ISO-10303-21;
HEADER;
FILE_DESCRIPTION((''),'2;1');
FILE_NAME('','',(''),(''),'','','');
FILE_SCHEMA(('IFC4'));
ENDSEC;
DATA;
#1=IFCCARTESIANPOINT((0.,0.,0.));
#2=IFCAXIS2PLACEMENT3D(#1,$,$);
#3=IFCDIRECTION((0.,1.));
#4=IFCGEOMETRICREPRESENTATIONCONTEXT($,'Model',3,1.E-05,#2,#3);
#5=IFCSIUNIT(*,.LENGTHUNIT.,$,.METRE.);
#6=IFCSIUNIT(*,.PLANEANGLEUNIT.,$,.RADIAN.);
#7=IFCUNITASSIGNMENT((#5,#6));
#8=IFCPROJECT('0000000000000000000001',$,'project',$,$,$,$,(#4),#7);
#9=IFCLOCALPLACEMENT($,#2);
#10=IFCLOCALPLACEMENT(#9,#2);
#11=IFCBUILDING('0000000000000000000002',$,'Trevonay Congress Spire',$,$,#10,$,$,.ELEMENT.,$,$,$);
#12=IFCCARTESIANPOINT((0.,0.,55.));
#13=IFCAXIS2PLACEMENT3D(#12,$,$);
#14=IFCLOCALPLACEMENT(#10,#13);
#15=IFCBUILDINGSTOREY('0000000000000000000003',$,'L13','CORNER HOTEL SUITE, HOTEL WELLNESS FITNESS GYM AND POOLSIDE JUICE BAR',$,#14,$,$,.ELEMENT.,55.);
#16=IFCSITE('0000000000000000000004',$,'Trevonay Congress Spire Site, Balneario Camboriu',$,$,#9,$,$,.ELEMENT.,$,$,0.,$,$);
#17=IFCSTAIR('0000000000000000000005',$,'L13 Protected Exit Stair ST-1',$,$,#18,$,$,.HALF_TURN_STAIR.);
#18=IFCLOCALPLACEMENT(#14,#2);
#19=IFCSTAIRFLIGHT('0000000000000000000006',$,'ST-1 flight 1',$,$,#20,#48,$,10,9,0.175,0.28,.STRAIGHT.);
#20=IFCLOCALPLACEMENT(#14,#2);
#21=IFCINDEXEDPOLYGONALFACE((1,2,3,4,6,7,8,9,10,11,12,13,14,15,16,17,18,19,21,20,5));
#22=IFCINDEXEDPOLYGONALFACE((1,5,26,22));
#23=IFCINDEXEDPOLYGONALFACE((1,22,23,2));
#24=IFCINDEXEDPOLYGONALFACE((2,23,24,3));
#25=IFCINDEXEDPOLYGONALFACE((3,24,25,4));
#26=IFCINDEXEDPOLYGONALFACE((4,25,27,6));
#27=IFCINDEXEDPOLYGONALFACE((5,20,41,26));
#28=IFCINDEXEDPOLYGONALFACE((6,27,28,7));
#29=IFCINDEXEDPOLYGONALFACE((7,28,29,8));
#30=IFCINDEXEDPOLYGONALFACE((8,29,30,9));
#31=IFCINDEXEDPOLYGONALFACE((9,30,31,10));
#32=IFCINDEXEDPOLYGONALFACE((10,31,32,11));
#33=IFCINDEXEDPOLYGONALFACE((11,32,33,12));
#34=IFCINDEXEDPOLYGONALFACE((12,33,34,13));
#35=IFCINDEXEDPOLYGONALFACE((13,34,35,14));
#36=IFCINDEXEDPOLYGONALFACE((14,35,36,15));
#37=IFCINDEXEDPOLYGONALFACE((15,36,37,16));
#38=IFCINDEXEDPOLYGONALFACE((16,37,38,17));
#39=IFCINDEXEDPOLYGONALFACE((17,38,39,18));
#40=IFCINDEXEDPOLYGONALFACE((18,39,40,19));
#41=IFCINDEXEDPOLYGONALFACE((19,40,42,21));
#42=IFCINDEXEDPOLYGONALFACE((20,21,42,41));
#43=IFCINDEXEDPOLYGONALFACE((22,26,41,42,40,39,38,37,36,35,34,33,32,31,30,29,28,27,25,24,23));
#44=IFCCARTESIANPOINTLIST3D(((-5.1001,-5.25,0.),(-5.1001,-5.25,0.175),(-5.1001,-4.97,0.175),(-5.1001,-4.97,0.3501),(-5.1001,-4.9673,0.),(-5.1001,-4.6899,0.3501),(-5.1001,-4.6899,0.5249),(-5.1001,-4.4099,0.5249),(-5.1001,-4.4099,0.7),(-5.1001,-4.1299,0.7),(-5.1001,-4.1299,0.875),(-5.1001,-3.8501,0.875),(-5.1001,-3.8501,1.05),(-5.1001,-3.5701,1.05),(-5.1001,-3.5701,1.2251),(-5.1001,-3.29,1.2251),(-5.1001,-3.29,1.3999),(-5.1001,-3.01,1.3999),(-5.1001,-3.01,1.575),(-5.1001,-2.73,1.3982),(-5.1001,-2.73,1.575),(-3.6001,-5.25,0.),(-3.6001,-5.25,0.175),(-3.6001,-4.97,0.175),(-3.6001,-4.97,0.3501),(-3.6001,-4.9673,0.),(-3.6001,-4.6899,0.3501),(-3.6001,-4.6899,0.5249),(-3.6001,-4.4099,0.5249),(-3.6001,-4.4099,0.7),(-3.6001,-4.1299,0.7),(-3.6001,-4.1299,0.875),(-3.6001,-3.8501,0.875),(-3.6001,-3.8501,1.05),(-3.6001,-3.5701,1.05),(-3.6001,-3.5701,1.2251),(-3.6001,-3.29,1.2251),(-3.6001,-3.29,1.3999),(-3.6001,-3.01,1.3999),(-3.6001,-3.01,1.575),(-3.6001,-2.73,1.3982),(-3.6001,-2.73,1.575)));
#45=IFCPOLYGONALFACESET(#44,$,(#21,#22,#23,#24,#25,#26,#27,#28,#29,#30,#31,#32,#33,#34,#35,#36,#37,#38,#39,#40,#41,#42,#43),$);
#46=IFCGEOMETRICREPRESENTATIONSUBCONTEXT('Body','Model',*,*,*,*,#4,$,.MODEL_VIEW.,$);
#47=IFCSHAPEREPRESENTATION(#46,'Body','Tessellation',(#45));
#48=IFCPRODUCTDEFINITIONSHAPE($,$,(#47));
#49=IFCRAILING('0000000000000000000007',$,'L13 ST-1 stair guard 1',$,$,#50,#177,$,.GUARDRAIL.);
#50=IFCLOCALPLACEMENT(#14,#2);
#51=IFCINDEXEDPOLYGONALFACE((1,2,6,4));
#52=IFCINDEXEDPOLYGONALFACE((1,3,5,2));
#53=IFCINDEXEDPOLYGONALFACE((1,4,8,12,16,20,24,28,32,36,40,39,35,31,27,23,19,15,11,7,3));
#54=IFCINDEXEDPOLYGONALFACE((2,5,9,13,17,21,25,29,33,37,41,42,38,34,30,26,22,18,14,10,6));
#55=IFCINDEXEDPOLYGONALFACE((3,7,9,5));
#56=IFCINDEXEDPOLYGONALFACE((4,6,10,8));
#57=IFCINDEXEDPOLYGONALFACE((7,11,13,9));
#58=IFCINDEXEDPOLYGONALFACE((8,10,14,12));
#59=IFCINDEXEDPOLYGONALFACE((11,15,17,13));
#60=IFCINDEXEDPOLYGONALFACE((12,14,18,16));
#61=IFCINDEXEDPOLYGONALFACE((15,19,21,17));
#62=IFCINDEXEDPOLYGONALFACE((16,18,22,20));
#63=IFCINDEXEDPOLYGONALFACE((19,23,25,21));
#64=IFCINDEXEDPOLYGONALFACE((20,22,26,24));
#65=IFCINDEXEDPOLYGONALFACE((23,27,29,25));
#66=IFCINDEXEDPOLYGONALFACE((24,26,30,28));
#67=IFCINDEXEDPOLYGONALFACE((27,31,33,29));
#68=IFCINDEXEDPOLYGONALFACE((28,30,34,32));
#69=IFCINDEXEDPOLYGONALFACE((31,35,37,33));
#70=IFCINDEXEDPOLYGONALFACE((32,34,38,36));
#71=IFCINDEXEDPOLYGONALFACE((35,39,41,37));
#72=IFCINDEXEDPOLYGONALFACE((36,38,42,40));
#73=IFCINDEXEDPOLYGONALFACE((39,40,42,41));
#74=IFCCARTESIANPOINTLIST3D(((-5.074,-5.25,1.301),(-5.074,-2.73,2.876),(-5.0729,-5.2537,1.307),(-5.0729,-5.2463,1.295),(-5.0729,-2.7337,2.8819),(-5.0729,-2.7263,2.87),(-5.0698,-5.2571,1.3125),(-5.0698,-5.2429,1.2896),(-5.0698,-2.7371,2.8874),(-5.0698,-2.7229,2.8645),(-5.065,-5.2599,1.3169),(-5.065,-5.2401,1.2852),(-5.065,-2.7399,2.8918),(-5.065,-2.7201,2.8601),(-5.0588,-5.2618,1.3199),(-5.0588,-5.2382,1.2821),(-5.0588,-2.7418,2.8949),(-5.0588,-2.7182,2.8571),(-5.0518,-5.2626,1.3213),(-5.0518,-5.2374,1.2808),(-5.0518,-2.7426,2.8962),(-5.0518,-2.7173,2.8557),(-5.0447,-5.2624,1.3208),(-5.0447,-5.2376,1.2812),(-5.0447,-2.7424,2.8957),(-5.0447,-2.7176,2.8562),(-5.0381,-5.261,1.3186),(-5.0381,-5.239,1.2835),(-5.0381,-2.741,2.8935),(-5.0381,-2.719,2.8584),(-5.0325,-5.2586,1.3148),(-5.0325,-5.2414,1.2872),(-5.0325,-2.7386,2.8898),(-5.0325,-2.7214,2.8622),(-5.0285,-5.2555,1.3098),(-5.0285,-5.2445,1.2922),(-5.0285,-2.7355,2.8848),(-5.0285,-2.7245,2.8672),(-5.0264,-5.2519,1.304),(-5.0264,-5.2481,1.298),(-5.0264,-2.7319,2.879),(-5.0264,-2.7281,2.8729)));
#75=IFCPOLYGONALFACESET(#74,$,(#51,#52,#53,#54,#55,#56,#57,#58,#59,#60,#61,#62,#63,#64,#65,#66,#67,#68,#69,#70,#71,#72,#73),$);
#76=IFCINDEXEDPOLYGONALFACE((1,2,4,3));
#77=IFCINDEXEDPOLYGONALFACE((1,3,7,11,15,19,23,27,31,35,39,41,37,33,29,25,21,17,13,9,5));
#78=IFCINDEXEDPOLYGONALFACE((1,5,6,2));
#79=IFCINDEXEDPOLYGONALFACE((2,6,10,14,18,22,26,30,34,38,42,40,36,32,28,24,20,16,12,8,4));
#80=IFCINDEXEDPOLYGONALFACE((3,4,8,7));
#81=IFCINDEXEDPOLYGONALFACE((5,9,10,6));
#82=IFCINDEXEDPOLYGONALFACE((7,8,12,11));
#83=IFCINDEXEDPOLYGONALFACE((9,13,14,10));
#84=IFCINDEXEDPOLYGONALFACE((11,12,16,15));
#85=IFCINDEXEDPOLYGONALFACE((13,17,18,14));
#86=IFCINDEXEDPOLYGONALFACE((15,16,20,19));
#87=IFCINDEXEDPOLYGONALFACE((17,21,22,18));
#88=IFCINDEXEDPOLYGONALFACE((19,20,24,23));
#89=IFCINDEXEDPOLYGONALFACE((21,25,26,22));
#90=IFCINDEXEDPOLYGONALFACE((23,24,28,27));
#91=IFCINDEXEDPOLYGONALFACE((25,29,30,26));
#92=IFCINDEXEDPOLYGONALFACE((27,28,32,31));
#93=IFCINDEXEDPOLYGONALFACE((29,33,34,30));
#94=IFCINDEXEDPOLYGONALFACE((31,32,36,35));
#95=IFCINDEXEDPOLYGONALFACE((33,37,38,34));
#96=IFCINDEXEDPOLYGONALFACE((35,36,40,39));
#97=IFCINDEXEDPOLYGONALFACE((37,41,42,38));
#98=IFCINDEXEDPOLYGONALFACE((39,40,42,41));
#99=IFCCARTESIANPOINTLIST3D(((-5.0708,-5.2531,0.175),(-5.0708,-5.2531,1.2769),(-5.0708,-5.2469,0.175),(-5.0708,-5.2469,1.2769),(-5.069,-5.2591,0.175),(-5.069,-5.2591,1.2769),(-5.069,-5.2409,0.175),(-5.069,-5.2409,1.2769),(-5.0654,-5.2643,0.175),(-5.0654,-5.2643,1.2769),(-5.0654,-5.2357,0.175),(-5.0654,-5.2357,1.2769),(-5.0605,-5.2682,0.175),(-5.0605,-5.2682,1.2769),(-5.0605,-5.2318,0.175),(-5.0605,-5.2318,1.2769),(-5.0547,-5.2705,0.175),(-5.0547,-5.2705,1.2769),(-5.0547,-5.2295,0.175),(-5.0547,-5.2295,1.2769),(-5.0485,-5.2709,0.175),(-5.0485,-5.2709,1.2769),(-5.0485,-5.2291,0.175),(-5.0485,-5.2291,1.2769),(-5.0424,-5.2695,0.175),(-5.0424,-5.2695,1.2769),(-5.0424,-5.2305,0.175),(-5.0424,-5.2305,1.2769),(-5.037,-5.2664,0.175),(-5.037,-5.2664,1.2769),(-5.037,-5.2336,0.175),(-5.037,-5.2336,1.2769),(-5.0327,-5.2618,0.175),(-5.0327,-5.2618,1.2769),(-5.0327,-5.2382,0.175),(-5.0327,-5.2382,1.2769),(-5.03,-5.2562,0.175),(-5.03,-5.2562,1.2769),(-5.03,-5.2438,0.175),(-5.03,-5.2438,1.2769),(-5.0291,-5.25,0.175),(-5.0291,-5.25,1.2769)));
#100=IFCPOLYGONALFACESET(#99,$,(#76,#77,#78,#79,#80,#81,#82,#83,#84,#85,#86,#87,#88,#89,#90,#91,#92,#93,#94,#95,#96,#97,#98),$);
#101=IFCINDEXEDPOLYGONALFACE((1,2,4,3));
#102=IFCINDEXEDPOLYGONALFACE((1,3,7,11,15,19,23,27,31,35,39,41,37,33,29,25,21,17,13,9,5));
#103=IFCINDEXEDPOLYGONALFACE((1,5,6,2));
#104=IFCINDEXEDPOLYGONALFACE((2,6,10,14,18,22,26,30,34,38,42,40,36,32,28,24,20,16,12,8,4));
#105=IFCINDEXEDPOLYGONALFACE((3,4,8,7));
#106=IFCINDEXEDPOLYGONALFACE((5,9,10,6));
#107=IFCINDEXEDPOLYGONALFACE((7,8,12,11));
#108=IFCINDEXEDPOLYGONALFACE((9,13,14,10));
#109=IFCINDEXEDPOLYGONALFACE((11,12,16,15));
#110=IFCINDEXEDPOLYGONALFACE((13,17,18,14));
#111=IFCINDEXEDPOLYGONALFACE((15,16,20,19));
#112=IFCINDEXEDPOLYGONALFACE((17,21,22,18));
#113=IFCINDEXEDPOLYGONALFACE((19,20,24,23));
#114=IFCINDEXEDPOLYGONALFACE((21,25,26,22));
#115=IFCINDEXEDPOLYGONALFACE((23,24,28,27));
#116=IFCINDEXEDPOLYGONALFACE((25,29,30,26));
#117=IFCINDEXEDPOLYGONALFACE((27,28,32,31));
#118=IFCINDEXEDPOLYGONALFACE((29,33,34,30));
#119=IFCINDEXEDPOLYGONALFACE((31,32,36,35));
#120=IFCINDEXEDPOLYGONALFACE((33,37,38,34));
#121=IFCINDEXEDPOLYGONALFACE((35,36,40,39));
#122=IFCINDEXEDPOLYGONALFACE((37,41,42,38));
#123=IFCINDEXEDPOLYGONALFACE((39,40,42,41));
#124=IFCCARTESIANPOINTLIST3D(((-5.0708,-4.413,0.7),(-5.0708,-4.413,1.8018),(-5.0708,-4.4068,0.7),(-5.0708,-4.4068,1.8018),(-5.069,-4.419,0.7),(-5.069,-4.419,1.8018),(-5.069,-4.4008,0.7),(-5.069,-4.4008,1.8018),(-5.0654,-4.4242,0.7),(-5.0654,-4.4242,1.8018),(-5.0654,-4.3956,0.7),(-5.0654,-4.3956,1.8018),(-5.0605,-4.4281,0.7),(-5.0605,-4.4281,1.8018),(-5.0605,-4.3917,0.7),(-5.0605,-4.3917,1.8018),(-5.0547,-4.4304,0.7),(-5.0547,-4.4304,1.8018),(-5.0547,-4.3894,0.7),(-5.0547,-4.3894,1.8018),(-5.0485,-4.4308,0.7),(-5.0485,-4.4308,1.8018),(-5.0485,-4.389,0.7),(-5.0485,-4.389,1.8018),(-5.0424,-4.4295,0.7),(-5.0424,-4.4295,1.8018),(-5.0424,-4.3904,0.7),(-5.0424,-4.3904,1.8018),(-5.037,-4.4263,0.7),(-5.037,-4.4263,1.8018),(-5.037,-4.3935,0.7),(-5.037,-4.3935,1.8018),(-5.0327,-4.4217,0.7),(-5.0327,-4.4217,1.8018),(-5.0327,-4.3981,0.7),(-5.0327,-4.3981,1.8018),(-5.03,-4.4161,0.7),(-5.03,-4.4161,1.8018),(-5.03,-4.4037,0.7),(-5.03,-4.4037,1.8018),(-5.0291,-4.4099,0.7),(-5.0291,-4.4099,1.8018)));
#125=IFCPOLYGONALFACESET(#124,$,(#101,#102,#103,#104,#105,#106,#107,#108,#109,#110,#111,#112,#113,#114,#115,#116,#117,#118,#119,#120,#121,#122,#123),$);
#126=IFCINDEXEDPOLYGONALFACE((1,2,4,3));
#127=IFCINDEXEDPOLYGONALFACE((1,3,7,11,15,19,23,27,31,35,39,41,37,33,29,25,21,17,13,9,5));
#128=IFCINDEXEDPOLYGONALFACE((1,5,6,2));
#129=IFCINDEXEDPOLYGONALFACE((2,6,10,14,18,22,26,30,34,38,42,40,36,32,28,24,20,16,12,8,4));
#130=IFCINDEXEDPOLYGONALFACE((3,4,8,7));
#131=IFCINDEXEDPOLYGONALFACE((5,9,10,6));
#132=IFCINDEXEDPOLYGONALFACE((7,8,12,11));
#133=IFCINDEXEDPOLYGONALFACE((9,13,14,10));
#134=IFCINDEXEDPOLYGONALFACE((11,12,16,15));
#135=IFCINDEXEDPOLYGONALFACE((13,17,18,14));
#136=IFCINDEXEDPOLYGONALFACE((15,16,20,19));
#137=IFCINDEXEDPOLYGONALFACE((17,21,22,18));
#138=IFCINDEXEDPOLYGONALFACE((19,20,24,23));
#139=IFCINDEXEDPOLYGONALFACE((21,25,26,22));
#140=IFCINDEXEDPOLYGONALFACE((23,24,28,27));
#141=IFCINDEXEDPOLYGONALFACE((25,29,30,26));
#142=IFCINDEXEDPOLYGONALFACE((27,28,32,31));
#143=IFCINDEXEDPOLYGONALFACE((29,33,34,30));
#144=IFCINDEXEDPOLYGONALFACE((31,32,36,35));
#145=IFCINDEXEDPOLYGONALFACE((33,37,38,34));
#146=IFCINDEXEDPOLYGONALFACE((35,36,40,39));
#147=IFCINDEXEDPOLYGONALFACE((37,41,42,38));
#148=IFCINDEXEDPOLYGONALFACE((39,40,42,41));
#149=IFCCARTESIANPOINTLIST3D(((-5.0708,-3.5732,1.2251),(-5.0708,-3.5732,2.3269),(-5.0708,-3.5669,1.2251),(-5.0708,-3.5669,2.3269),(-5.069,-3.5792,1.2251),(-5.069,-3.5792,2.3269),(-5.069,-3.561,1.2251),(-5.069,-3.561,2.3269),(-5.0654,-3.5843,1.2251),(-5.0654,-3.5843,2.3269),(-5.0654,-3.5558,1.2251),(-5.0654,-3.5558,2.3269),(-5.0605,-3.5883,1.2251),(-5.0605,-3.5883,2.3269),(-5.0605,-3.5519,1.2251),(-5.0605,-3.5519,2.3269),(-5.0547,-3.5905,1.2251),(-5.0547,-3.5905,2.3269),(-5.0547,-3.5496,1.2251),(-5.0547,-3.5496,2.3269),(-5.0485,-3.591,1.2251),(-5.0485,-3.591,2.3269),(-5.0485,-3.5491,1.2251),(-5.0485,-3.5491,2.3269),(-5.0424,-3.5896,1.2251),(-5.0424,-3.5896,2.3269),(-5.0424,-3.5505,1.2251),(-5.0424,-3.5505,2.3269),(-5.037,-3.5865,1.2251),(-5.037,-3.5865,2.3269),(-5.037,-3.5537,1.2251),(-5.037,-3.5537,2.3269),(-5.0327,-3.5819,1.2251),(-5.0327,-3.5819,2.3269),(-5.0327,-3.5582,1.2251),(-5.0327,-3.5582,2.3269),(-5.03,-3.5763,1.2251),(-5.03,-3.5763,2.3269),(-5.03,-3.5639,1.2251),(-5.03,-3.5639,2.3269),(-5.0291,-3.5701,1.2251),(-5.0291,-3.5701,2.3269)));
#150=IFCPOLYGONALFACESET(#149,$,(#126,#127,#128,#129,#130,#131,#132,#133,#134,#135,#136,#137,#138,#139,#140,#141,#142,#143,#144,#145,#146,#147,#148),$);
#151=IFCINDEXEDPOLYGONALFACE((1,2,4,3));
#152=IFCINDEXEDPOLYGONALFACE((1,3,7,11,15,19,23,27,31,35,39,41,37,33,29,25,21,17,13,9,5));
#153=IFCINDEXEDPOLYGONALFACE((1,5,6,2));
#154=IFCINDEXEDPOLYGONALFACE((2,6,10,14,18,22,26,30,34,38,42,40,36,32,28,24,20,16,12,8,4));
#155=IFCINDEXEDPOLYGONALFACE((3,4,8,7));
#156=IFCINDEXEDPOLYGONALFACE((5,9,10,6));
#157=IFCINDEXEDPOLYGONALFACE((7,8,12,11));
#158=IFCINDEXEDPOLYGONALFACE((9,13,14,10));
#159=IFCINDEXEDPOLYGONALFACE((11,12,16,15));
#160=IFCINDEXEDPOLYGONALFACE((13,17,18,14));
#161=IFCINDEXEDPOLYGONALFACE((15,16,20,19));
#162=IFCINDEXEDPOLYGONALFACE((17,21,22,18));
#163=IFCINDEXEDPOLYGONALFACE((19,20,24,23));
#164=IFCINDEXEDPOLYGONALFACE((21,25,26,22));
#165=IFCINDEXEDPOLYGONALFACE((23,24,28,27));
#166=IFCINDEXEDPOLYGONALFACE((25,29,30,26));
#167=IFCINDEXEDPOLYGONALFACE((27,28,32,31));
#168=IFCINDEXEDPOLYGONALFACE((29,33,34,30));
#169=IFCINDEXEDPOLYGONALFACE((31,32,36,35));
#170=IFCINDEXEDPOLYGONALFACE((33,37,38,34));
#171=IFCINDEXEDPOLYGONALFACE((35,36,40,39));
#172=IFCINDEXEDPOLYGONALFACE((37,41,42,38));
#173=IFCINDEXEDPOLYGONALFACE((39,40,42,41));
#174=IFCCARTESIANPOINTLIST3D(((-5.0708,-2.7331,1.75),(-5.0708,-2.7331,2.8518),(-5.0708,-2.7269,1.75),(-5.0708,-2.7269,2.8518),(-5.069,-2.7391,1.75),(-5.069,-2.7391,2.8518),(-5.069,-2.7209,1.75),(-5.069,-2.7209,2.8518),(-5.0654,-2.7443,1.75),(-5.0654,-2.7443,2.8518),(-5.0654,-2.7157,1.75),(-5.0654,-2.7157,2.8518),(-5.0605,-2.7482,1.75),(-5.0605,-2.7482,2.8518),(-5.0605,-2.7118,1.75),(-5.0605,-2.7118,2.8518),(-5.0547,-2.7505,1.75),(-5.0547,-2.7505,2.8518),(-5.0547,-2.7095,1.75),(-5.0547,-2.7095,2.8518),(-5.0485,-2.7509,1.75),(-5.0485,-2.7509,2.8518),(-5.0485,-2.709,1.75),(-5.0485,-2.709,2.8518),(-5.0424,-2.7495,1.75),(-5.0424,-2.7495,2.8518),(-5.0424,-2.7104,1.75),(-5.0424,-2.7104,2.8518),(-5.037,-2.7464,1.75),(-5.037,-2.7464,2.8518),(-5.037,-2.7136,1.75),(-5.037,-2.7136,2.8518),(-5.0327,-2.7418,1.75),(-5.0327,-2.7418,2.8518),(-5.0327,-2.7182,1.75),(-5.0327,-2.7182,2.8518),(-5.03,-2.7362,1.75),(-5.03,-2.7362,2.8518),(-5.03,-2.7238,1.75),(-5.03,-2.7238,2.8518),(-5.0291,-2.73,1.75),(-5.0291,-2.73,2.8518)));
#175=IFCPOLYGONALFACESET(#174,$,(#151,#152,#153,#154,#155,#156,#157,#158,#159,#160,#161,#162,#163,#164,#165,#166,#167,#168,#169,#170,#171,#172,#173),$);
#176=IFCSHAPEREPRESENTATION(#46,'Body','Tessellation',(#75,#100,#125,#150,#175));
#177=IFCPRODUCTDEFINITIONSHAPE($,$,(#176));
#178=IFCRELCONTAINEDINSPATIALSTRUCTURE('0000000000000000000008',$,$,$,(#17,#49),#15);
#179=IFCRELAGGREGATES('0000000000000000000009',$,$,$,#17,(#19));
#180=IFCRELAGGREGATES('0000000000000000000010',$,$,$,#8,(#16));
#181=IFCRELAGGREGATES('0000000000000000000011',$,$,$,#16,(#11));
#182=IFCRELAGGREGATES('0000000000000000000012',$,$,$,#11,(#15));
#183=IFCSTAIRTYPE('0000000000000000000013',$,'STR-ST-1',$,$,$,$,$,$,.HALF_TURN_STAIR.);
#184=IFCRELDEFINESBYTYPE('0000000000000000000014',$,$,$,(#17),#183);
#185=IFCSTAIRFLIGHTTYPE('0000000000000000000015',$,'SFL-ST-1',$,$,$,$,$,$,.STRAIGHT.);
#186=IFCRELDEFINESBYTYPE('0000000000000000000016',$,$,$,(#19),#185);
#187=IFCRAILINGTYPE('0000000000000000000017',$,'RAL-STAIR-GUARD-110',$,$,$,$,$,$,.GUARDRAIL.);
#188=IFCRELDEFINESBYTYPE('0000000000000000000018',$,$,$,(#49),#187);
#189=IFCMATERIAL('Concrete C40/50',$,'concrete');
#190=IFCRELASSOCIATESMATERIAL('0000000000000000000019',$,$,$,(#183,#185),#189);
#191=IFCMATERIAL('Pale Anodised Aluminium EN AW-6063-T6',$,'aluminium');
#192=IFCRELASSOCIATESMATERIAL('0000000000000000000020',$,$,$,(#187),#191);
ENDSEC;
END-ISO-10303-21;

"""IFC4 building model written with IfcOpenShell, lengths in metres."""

from ifc_helpers import new_model, si_unit, direction, frame, origin, origin_2d, place, context, subcontext, project, spatial, polyline, circle, outline, extrude, material, type_object, element, aggregate, save


model = new_model("IFC4")

# Units and contexts
model_context = context("Model", 3, precision=1e-05, world=origin(), true_north=direction((0.0, 1.0)))
body_context = subcontext(model_context, "Body", "Model", "MODEL_VIEW")
ifc_project = project(units=[si_unit("LENGTHUNIT", "METRE"), si_unit("PLANEANGLEUNIT", "RADIAN")], contexts=[model_context])

# Site, building, storey
site_placement = place(None, origin())
site = spatial("IfcSite", under=ifc_project, at=site_placement, Name="Trevonay Congress Spire Site, Balneario Camboriu", CompositionType="ELEMENT", RefElevation=0.0)
building_placement = place(site_placement, origin())
building = spatial("IfcBuilding", under=site, at=building_placement, Name="Trevonay Congress Spire", CompositionType="ELEMENT")
storey_placement = place(building_placement, frame((0.0, 0.0, 55.0)))
storey = spatial("IfcBuildingStorey", under=building, at=storey_placement, Name="L13", Description="CORNER HOTEL SUITE, HOTEL WELLNESS FITNESS GYM AND POOLSIDE JUICE BAR", CompositionType="ELEMENT", Elevation=55.0)

# Shared definitions
ifc_material_1 = material(Name="Concrete C40/50", Category="concrete")

# Stair, stair flight
stair_type = type_object("IfcStairType", Name="STR-ST-1", PredefinedType="HALF_TURN_STAIR", material=ifc_material_1)
stair_placement = place(storey_placement, origin())
stair = element("IfcStair", 1, at=stair_placement, inside=storey, type_object=stair_type, Name="L13 Protected Exit Stair ST-1", PredefinedType="HALF_TURN_STAIR")
stair_flight_type = type_object("IfcStairFlightType", Name="SFL-ST-1", PredefinedType="STRAIGHT", material=ifc_material_1)
stair_flight_placement = place(storey_placement, frame((-4.3501, -5.25, 0.0), z_axis=(0.0, 0.0, 1.0), x_axis=(0.0, 1.0, 0.0)))
stair_flight = element("IfcStairFlight", 2, at=stair_flight_placement, type_object=stair_flight_type, Name="ST-1 flight 1", NumberOfRisers=10, NumberOfTreads=9, PredefinedType="STRAIGHT", RiserHeight=0.175, TreadLength=0.28, context=body_context, shape_type="SweptSolid", body=[
    extrude(outline(polyline([(0.0, 0.0), (0.0, 0.175), (0.28, 0.175), (0.28, 0.3501), (0.5601, 0.3501), (0.5601, 0.5249), (0.8401, 0.5249), (0.8401, 0.7), (1.1201, 0.7), (1.1201, 0.875), (1.3999, 0.875), (1.3999, 1.05), (1.6799, 1.05), (1.6799, 1.2251), (1.96, 1.2251), (1.96, 1.3999), (2.24, 1.3999), (2.24, 1.575), (2.52, 1.575), (2.52, 1.75), (2.52, 1.3982), (0.2827, 0.0), (0.0, 0.0)])), frame((0.0, 0.75, 0.0), z_axis=(0.0, -1.0, 0.0), x_axis=(1.0, 0.0, 0.0)), (0.0, 0.0, 1.0), 1.5),
])
aggregate(stair, [stair_flight])

# Railing
ifc_material_2 = material(Name="Pale Anodised Aluminium EN AW-6063-T6", Category="aluminium")
railing_type_1 = type_object("IfcRailingType", Name="RAL-STAIR-GUARD-110", PredefinedType="GUARDRAIL", material=ifc_material_2)
railing_1_placement = place(storey_placement, frame((-5.05, -5.25, 0.175)))
element("IfcRailing", 3, at=railing_1_placement, inside=storey, type_object=railing_type_1, Name="L13 ST-1 stair guard 1", PredefinedType="GUARDRAIL", context=body_context, shape_type="SweptSolid", body=[
    extrude(circle(Radius=0.0239, at=origin_2d()), frame((0.0, 0.0, 1.126), z_axis=(0.0, 0.848008, 0.529984), x_axis=(-1.0, 0.0, 0.0)), (0.0, 0.0, 1.0), 2.9717),
    extrude(circle(Radius=0.021, at=origin_2d()), origin(), (0.0, 0.0, 1.0), 1.1018),
    extrude(circle(Radius=0.021, at=origin_2d()), frame((0.0, 0.8401, 0.5249)), (0.0, 0.0, 1.0), 1.1018),
    extrude(circle(Radius=0.021, at=origin_2d()), frame((0.0, 1.6799, 1.05)), (0.0, 0.0, 1.0), 1.1018),
    extrude(circle(Radius=0.021, at=origin_2d()), frame((0.0, 2.52, 1.575)), (0.0, 0.0, 1.0), 1.1018),
])

save(model, "model.ifc")
